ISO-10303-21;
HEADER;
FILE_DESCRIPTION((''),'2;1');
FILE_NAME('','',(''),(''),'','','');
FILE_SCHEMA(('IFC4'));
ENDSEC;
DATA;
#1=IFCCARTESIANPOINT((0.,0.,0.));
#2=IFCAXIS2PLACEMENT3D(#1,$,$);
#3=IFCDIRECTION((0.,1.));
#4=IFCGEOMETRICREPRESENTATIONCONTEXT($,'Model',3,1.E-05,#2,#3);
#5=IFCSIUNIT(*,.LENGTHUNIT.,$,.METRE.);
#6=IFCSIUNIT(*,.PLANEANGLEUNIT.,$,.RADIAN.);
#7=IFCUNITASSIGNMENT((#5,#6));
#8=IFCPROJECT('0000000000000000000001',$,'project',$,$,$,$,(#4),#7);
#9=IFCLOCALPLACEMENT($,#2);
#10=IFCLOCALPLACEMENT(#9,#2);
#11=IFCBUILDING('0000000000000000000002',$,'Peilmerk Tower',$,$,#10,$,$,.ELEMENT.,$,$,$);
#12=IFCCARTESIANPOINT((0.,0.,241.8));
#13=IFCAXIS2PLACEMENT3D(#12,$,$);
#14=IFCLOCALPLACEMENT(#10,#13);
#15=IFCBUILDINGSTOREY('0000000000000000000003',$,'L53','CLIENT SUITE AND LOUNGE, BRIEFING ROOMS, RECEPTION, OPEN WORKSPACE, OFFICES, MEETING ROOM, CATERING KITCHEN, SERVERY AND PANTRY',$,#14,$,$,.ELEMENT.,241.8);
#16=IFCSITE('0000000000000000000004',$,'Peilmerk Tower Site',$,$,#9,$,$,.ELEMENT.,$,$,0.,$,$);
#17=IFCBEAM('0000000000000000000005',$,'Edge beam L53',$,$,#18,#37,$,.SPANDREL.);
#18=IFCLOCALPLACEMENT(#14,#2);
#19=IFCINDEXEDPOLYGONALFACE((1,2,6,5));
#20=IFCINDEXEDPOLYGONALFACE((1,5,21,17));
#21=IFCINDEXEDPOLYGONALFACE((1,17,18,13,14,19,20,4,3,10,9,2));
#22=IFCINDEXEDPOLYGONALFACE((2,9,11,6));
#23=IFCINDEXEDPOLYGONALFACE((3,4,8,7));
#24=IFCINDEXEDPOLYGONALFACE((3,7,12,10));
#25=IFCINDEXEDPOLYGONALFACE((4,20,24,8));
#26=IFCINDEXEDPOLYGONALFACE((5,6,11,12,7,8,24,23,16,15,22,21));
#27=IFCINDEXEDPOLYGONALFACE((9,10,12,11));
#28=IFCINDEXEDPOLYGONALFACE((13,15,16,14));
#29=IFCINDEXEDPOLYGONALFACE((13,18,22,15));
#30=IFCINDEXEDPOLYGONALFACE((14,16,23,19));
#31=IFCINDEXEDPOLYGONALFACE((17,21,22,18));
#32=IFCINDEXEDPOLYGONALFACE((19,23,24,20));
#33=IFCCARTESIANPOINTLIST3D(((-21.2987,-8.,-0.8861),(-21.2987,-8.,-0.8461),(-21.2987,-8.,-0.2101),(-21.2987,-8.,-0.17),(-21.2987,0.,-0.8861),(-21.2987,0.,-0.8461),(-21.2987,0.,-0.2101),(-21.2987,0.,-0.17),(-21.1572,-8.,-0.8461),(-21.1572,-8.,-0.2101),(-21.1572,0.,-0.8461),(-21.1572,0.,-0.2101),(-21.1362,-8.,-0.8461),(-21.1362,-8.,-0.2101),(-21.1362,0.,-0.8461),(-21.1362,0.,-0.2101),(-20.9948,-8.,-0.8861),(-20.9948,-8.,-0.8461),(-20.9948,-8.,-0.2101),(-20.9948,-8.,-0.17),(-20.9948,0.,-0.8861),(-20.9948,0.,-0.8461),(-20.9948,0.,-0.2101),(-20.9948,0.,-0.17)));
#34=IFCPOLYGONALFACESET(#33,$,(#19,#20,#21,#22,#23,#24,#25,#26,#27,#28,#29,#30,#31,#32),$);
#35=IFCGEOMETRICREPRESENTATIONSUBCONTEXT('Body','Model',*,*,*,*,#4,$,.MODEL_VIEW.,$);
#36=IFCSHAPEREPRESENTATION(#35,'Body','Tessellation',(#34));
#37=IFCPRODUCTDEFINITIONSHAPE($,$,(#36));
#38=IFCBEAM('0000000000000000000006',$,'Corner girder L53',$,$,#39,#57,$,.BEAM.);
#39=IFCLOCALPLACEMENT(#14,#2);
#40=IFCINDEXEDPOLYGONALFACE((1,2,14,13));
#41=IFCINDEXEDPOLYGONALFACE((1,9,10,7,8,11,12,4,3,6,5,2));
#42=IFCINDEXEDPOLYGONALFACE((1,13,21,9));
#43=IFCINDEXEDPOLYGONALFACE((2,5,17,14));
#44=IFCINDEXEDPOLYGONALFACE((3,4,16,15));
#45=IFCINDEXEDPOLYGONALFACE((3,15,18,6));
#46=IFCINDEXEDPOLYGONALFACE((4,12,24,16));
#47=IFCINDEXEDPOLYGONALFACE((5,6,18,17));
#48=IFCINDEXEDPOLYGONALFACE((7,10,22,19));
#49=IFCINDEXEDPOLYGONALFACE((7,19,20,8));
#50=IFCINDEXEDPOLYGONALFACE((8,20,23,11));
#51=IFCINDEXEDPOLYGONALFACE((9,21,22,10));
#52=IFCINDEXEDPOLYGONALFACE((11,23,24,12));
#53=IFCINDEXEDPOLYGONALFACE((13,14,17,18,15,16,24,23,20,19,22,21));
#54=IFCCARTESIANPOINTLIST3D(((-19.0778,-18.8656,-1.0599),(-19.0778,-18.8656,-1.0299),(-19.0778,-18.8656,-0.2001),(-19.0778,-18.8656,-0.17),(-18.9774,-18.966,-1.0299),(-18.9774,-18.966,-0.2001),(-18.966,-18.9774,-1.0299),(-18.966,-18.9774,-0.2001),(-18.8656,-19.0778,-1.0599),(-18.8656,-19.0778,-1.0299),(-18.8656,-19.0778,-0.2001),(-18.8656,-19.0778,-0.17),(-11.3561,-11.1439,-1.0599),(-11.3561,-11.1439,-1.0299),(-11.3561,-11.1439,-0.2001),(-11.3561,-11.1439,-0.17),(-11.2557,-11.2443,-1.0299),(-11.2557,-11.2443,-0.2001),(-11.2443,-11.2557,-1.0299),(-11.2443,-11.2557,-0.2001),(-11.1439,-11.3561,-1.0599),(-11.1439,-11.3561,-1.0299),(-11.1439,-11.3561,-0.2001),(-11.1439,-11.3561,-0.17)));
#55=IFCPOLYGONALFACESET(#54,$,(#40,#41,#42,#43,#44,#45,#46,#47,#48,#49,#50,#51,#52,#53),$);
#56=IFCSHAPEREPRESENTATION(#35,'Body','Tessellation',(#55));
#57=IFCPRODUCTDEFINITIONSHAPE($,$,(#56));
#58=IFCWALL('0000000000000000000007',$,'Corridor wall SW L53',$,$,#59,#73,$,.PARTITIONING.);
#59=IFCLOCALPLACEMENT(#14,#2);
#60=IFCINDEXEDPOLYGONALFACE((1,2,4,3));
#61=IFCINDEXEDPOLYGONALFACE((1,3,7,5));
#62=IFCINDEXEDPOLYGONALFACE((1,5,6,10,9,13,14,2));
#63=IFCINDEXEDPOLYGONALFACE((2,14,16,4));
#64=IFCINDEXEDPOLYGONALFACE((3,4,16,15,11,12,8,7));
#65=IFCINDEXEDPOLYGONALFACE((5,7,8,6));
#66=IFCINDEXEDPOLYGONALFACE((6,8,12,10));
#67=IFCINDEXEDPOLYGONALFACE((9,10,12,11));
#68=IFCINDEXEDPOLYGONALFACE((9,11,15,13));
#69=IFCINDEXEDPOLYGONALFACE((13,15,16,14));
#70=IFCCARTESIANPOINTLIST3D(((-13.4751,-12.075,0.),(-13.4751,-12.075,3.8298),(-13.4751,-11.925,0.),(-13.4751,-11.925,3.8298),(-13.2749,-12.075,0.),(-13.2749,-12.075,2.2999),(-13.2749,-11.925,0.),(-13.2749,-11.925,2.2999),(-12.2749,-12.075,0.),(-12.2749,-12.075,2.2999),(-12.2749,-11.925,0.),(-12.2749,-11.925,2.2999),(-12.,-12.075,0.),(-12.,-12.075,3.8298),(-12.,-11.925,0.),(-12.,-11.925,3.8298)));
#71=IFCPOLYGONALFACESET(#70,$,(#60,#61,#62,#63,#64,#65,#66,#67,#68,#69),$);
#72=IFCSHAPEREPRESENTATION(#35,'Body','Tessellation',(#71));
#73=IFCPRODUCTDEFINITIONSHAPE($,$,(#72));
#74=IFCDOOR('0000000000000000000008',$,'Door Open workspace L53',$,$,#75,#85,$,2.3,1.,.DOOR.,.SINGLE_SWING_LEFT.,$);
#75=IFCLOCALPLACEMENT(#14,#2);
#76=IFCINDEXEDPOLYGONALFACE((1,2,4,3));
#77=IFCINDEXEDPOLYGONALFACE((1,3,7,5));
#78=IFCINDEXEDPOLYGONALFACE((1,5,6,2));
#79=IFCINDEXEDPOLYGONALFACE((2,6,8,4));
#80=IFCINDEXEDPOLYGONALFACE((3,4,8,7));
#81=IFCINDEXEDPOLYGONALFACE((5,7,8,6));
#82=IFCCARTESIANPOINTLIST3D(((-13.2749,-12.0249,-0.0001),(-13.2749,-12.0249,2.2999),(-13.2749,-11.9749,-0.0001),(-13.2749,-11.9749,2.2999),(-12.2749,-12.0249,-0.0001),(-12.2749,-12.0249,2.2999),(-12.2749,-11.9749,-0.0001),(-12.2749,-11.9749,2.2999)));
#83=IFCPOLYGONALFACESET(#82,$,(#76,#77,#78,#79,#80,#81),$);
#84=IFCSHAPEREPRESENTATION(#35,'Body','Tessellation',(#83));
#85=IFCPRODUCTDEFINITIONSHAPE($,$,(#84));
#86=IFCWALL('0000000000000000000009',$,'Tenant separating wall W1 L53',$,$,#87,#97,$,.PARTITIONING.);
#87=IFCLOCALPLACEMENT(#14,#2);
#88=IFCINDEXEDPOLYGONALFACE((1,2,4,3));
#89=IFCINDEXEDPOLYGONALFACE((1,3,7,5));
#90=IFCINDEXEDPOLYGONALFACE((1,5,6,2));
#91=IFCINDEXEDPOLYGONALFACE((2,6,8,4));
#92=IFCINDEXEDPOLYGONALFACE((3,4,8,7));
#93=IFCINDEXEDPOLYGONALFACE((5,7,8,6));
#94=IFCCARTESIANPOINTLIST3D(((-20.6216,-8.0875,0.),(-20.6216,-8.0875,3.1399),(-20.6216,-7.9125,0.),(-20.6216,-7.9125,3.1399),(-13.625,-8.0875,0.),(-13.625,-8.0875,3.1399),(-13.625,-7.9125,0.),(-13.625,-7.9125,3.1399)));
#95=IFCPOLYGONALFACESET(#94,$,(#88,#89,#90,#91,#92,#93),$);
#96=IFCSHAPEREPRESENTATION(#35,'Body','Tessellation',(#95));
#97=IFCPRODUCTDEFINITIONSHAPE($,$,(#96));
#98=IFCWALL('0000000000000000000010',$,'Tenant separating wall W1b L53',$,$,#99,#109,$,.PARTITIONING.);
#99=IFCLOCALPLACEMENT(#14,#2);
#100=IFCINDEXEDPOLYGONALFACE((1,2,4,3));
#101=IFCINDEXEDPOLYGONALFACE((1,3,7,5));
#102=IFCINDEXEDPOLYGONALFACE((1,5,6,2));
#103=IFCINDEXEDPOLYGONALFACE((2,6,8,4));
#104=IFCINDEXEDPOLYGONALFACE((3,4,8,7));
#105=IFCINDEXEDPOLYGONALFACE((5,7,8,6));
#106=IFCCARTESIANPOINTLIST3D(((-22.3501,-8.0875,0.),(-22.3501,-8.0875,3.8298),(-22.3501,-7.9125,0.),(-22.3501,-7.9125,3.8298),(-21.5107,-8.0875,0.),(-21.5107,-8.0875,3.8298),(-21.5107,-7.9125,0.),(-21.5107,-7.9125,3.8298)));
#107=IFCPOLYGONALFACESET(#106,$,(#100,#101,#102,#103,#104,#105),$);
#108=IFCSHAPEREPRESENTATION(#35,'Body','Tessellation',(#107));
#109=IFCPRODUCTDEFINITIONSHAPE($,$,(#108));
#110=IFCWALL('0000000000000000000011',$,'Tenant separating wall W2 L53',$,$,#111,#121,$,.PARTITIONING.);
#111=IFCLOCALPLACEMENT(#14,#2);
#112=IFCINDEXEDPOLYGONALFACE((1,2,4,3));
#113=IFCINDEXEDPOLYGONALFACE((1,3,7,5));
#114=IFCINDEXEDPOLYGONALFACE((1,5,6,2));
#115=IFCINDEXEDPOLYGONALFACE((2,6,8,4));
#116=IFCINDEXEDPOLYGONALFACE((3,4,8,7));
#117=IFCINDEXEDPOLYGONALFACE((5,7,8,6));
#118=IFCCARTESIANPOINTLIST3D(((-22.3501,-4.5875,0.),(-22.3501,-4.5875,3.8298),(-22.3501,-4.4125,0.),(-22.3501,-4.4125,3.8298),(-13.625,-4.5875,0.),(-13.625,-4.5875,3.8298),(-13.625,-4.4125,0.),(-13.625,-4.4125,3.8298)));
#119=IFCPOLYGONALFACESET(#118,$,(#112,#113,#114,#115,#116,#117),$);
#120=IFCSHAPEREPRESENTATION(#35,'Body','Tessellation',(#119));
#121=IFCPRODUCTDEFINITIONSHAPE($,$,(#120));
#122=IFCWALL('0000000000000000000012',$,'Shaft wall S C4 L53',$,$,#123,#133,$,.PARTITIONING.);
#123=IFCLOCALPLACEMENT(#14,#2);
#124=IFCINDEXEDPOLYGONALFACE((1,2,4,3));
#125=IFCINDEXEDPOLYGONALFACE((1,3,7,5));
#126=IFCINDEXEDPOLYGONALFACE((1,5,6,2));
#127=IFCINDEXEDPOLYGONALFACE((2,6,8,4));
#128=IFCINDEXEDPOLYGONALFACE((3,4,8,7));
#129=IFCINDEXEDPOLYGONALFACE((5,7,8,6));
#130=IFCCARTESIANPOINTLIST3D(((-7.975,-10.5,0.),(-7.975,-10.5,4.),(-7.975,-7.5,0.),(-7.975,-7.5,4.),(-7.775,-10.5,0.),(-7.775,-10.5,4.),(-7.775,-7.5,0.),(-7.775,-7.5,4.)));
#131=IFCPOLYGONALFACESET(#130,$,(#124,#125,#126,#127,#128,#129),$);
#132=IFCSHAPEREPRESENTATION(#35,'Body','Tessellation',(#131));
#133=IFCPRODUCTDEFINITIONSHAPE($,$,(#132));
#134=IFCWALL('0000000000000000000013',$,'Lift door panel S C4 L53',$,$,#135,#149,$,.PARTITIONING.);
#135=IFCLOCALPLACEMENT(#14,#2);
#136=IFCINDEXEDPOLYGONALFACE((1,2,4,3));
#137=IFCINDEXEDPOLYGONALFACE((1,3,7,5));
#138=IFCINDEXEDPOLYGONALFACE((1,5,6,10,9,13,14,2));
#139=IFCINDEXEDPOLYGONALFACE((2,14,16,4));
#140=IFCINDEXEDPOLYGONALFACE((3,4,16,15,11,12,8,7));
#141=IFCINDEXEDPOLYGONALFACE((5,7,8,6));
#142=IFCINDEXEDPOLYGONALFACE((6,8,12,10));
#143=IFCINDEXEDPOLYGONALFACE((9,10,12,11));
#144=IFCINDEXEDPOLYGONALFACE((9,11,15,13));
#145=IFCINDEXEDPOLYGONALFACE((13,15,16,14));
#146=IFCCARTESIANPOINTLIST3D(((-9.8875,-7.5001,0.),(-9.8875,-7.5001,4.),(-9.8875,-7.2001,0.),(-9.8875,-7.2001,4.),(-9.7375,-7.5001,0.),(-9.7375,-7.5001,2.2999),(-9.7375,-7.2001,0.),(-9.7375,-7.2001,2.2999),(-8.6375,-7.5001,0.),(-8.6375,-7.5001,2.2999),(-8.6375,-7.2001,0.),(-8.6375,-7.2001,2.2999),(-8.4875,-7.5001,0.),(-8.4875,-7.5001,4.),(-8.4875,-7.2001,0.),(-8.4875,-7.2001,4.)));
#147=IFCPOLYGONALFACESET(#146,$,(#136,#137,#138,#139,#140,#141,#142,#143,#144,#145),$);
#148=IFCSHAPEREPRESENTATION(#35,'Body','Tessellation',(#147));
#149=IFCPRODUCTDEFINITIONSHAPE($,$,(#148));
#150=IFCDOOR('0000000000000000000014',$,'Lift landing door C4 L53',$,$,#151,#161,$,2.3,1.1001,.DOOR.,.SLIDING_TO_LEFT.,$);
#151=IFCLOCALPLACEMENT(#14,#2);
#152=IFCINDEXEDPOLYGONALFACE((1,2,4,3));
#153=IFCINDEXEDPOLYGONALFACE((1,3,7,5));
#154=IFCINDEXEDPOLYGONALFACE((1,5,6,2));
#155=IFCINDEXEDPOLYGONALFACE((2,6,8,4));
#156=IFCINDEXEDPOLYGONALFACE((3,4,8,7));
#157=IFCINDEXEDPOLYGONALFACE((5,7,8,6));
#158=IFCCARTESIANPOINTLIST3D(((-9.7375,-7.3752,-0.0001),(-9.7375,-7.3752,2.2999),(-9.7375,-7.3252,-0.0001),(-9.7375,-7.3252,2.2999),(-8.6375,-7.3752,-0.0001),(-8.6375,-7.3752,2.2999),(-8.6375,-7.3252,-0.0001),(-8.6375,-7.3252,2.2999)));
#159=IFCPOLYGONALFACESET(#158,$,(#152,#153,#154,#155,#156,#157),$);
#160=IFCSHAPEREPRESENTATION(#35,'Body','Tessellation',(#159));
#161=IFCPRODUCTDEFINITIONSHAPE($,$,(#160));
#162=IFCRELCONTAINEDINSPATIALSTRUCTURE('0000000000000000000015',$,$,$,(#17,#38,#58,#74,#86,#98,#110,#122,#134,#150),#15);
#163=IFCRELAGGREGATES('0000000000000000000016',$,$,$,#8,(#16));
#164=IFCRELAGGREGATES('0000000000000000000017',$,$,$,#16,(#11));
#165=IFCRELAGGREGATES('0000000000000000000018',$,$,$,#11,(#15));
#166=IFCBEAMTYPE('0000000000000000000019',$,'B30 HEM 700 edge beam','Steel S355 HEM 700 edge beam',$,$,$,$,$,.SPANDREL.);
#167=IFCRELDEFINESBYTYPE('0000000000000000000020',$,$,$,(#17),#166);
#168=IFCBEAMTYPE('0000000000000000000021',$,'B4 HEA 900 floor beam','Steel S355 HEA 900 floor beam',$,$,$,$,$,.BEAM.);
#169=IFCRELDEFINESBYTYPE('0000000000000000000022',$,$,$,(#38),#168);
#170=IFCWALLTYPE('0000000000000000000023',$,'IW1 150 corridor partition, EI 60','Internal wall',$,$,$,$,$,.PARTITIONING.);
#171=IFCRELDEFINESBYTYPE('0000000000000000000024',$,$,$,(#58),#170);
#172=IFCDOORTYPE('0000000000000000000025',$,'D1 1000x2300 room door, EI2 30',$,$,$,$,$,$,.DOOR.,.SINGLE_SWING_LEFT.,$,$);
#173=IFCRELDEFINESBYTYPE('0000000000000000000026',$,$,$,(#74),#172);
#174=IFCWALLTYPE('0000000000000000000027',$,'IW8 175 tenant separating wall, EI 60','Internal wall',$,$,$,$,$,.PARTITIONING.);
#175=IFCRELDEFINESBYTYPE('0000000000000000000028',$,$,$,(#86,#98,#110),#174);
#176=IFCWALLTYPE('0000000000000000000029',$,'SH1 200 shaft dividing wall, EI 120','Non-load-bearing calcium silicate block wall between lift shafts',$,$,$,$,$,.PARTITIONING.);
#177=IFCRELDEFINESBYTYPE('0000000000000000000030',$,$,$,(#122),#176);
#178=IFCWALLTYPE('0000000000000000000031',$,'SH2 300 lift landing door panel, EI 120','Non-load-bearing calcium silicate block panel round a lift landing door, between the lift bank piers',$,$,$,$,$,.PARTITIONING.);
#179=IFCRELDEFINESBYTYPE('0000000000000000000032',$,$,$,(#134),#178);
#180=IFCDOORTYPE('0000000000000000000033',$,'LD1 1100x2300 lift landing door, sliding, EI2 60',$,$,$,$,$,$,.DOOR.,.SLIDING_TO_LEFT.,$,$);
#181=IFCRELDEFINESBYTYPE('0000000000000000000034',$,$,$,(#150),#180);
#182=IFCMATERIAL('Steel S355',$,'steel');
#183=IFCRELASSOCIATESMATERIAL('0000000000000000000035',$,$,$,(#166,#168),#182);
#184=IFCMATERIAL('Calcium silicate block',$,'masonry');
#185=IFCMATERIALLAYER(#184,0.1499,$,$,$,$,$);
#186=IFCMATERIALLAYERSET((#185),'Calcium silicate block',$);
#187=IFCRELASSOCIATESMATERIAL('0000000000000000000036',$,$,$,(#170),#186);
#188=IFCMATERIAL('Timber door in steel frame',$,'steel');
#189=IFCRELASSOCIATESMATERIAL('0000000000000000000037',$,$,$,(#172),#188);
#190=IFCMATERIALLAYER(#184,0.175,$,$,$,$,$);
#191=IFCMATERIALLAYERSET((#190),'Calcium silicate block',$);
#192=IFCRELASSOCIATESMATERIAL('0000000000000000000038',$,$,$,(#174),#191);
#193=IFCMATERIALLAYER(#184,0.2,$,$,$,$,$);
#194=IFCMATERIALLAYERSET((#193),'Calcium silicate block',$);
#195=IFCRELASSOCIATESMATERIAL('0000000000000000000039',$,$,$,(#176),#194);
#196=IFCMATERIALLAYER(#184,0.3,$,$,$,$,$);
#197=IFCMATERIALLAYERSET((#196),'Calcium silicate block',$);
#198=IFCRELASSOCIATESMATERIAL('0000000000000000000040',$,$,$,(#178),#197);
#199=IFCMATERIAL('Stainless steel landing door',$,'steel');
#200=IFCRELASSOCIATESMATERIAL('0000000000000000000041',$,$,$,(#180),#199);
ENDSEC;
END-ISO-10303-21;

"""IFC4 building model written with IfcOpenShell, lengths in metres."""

from ifc_helpers import new_model, si_unit, direction, frame, frame_2d, origin, origin_2d, place, context, subcontext, project, spatial, rectangle, i_section, extrude, material, layer, layer_set, material_profile, profile_set, type_object, element, fill, save


model = new_model("IFC4")

# Units and contexts
model_context = context("Model", 3, precision=1e-05, world=origin(), true_north=direction((0.0, 1.0)))
body_context = subcontext(model_context, "Body", "Model", "MODEL_VIEW")
ifc_project = project(units=[si_unit("LENGTHUNIT", "METRE"), si_unit("PLANEANGLEUNIT", "RADIAN")], contexts=[model_context])

# Site, building, storey
site_placement = place(None, origin())
site = spatial("IfcSite", under=ifc_project, at=site_placement, Name="Peilmerk Tower Site", CompositionType="ELEMENT", RefElevation=0.0)
building_placement = place(site_placement, origin())
building = spatial("IfcBuilding", under=site, at=building_placement, Name="Peilmerk Tower", CompositionType="ELEMENT")
storey_placement = place(building_placement, frame((0.0, 0.0, 241.8)))
storey = spatial("IfcBuildingStorey", under=building, at=storey_placement, Name="L53", Description="CLIENT SUITE AND LOUNGE, BRIEFING ROOMS, RECEPTION, OPEN WORKSPACE, OFFICES, MEETING ROOM, CATERING KITCHEN, SERVERY AND PANTRY", CompositionType="ELEMENT", Elevation=241.8)

# Beams
ifc_material_1 = material(Name="Steel S355", Category="steel")
ifc_material_profile_1 = material_profile(ifc_material_1, i_section(OverallWidth=0.304, OverallDepth=0.7161, WebThickness=0.021, FlangeThickness=0.04, at=origin_2d()), Name="HEM 700")
ifc_profile_set_1 = profile_set([ifc_material_profile_1], Name="Steel S355")
beam_type_1 = type_object("IfcBeamType", Name="B30 HEM 700 edge beam", Description="Steel S355 HEM 700 edge beam", PredefinedType="SPANDREL", material=ifc_profile_set_1)
beam_1_placement = place(storey_placement, frame((-21.1467, 0.0, -0.5281), z_axis=(0.0, -1.0, 0.0), x_axis=(1.0, 0.0, 0.0)))
element("IfcBeam", 1, at=beam_1_placement, inside=storey, type_object=beam_type_1, Name="Edge beam L53", PredefinedType="SPANDREL", context=body_context, shape_type="SweptSolid", body=[
    extrude(i_section(OverallWidth=0.304, OverallDepth=0.7161, WebThickness=0.021, FlangeThickness=0.04, at=origin_2d()), origin(), (0.0, 0.0, 1.0), 8.0),
])
ifc_material_profile_2 = material_profile(ifc_material_1, i_section(OverallWidth=0.3, OverallDepth=0.8899, WebThickness=0.0161, FlangeThickness=0.03, at=origin_2d()), Name="HEA 900")
ifc_profile_set_2 = profile_set([ifc_material_profile_2], Name="Steel S355")
beam_type_2 = type_object("IfcBeamType", Name="B4 HEA 900 floor beam", Description="Steel S355 HEA 900 floor beam", PredefinedType="BEAM", material=ifc_profile_set_2)
beam_2_placement = place(storey_placement, frame((-11.25, -11.25, -0.615), z_axis=(-0.707107, -0.707107, 0.0), x_axis=(0.707107, -0.707107, 0.0)))
element("IfcBeam", 2, at=beam_2_placement, inside=storey, type_object=beam_type_2, Name="Corner girder L53", PredefinedType="BEAM", context=body_context, shape_type="SweptSolid", body=[
    extrude(i_section(OverallWidth=0.3, OverallDepth=0.8899, WebThickness=0.0161, FlangeThickness=0.03, at=origin_2d()), origin(), (0.0, 0.0, 1.0), 10.9202),
])

# Wall, opening, door
ifc_material_2 = material(Name="Calcium silicate block", Category="masonry")
ifc_layer_1 = layer(ifc_material_2, 0.1499)
ifc_layer_set_1 = layer_set([ifc_layer_1], Name="Calcium silicate block")
wall_type_1 = type_object("IfcWallType", Name="IW1 150 corridor partition, EI 60", Description="Internal wall", PredefinedType="PARTITIONING", material=ifc_layer_set_1)
wall_1_placement = place(storey_placement, frame((-12.0, -12.0, 0.0), z_axis=(0.0, 0.0, 1.0), x_axis=(-1.0, 0.0, 0.0)))
wall_1 = element("IfcWall", 3, at=wall_1_placement, inside=storey, type_object=wall_type_1, Name="Corridor wall SW L53", PredefinedType="PARTITIONING", context=body_context, shape_type="SweptSolid", body=[
    extrude(rectangle(XDim=1.4751, YDim=0.1499, at=frame_2d((0.7375, 0.0))), origin(), (0.0, 0.0, 1.0), 3.8298),
])
opening_1_placement = place(wall_1_placement, frame((0.2749, 0.0, 0.0)))
opening_1 = element("IfcOpeningElement", 4, at=opening_1_placement, cuts=wall_1, PredefinedType="OPENING", context=body_context, shape_type="SweptSolid", body=[
    extrude(rectangle(XDim=1.0, YDim=2.3, at=frame_2d((0.5, 1.1499))), frame((0.0, 0.085, 0.0), z_axis=(0.0, -1.0, 0.0), x_axis=(1.0, 0.0, 0.0)), (0.0, 0.0, 1.0), 0.1699),
])
ifc_material_3 = material(Name="Timber door in steel frame", Category="steel")
door_type_1 = type_object("IfcDoorType", Name="D1 1000x2300 room door, EI2 30", OperationType="SINGLE_SWING_LEFT", PredefinedType="DOOR", material=ifc_material_3)
door_1_placement = place(opening_1_placement, origin())
door_1 = element("IfcDoor", 5, at=door_1_placement, inside=storey, type_object=door_type_1, Name="Door Open workspace L53", OperationType="SINGLE_SWING_LEFT", OverallHeight=2.3, OverallWidth=1.0, PredefinedType="DOOR", context=body_context, shape_type="SweptSolid", body=[
    extrude(rectangle(XDim=1.0, YDim=2.3, at=frame_2d((0.5, 1.1499))), frame((0.0, 0.0249, 0.0), z_axis=(0.0, -1.0, 0.0), x_axis=(1.0, 0.0, 0.0)), (0.0, 0.0, 1.0), 0.05),
])
fill(opening_1, door_1)

# Walls
ifc_layer_2 = layer(ifc_material_2, 0.175)
ifc_layer_set_2 = layer_set([ifc_layer_2], Name="Calcium silicate block")
wall_type_2 = type_object("IfcWallType", Name="IW8 175 tenant separating wall, EI 60", Description="Internal wall", PredefinedType="PARTITIONING", material=ifc_layer_set_2)
wall_2_placement = place(storey_placement, frame((-13.625, -8.0, 0.0), z_axis=(0.0, 0.0, 1.0), x_axis=(-1.0, 0.0, 0.0)))
element("IfcWall", 6, at=wall_2_placement, inside=storey, type_object=wall_type_2, Name="Tenant separating wall W1 L53", PredefinedType="PARTITIONING", context=body_context, shape_type="SweptSolid", body=[
    extrude(rectangle(XDim=6.9966, YDim=0.175, at=frame_2d((3.4983, 0.0))), origin(), (0.0, 0.0, 1.0), 3.1399),
])
wall_3_placement = place(storey_placement, frame((-21.5107, -8.0, 0.0), z_axis=(0.0, 0.0, 1.0), x_axis=(-1.0, 0.0, 0.0)))
element("IfcWall", 7, at=wall_3_placement, inside=storey, type_object=wall_type_2, Name="Tenant separating wall W1b L53", PredefinedType="PARTITIONING", context=body_context, shape_type="SweptSolid", body=[
    extrude(rectangle(XDim=0.8394, YDim=0.175, at=frame_2d((0.4197, 0.0))), origin(), (0.0, 0.0, 1.0), 3.8298),
])
wall_4_placement = place(storey_placement, frame((-13.625, -4.5, 0.0), z_axis=(0.0, 0.0, 1.0), x_axis=(-1.0, 0.0, 0.0)))
element("IfcWall", 8, at=wall_4_placement, inside=storey, type_object=wall_type_2, Name="Tenant separating wall W2 L53", PredefinedType="PARTITIONING", context=body_context, shape_type="SweptSolid", body=[
    extrude(rectangle(XDim=8.7251, YDim=0.175, at=frame_2d((4.3625, 0.0))), origin(), (0.0, 0.0, 1.0), 3.8298),
])
ifc_layer_3 = layer(ifc_material_2, 0.2)
ifc_layer_set_3 = layer_set([ifc_layer_3], Name="Calcium silicate block")
wall_type_3 = type_object("IfcWallType", Name="SH1 200 shaft dividing wall, EI 120", Description="Non-load-bearing calcium silicate block wall between lift shafts", PredefinedType="PARTITIONING", material=ifc_layer_set_3)
wall_5_placement = place(storey_placement, frame((-7.875, -10.5, 0.0), z_axis=(0.0, 0.0, 1.0), x_axis=(0.0, 1.0, 0.0)))
element("IfcWall", 9, at=wall_5_placement, inside=storey, type_object=wall_type_3, Name="Shaft wall S C4 L53", PredefinedType="PARTITIONING", context=body_context, shape_type="SweptSolid", body=[
    extrude(rectangle(XDim=3.0, YDim=0.2, at=frame_2d((1.5, 0.0))), origin(), (0.0, 0.0, 1.0), 4.0),
])

# Wall, opening, door
ifc_layer_4 = layer(ifc_material_2, 0.3)
ifc_layer_set_4 = layer_set([ifc_layer_4], Name="Calcium silicate block")
wall_type_4 = type_object("IfcWallType", Name="SH2 300 lift landing door panel, EI 120", Description="Non-load-bearing calcium silicate block panel round a lift landing door, between the lift bank piers", PredefinedType="PARTITIONING", material=ifc_layer_set_4)
wall_6_placement = place(storey_placement, frame((-9.8875, -7.3501, 0.0), z_axis=(0.0, 0.0, 1.0), x_axis=(1.0, 0.0, 0.0)))
wall_6 = element("IfcWall", 10, at=wall_6_placement, inside=storey, type_object=wall_type_4, Name="Lift door panel S C4 L53", PredefinedType="PARTITIONING", context=body_context, shape_type="SweptSolid", body=[
    extrude(rectangle(XDim=1.3999, YDim=0.3, at=frame_2d((0.7, 0.0))), origin(), (0.0, 0.0, 1.0), 4.0),
])
opening_2_placement = place(wall_6_placement, frame((0.1499, 0.0, 0.0)))
opening_2 = element("IfcOpeningElement", 11, at=opening_2_placement, cuts=wall_6, PredefinedType="OPENING", context=body_context, shape_type="SweptSolid", body=[
    extrude(rectangle(XDim=1.1001, YDim=2.3, at=frame_2d((0.55, 1.1499))), frame((0.0, 0.1599, 0.0), z_axis=(0.0, -1.0, 0.0), x_axis=(1.0, 0.0, 0.0)), (0.0, 0.0, 1.0), 0.3201),
])
ifc_material_4 = material(Name="Stainless steel landing door", Category="steel")
door_type_2 = type_object("IfcDoorType", Name="LD1 1100x2300 lift landing door, sliding, EI2 60", OperationType="SLIDING_TO_LEFT", PredefinedType="DOOR", material=ifc_material_4)
door_2_placement = place(opening_2_placement, origin())
door_2 = element("IfcDoor", 12, at=door_2_placement, inside=storey, type_object=door_type_2, Name="Lift landing door C4 L53", OperationType="SLIDING_TO_LEFT", OverallHeight=2.3, OverallWidth=1.1001, PredefinedType="DOOR", context=body_context, shape_type="SweptSolid", body=[
    extrude(rectangle(XDim=1.1001, YDim=2.3, at=frame_2d((0.55, 1.1499))), frame((0.0, 0.0249, 0.0), z_axis=(0.0, -1.0, 0.0), x_axis=(1.0, 0.0, 0.0)), (0.0, 0.0, 1.0), 0.05),
])
fill(opening_2, door_2)

save(model, "model.ifc")
